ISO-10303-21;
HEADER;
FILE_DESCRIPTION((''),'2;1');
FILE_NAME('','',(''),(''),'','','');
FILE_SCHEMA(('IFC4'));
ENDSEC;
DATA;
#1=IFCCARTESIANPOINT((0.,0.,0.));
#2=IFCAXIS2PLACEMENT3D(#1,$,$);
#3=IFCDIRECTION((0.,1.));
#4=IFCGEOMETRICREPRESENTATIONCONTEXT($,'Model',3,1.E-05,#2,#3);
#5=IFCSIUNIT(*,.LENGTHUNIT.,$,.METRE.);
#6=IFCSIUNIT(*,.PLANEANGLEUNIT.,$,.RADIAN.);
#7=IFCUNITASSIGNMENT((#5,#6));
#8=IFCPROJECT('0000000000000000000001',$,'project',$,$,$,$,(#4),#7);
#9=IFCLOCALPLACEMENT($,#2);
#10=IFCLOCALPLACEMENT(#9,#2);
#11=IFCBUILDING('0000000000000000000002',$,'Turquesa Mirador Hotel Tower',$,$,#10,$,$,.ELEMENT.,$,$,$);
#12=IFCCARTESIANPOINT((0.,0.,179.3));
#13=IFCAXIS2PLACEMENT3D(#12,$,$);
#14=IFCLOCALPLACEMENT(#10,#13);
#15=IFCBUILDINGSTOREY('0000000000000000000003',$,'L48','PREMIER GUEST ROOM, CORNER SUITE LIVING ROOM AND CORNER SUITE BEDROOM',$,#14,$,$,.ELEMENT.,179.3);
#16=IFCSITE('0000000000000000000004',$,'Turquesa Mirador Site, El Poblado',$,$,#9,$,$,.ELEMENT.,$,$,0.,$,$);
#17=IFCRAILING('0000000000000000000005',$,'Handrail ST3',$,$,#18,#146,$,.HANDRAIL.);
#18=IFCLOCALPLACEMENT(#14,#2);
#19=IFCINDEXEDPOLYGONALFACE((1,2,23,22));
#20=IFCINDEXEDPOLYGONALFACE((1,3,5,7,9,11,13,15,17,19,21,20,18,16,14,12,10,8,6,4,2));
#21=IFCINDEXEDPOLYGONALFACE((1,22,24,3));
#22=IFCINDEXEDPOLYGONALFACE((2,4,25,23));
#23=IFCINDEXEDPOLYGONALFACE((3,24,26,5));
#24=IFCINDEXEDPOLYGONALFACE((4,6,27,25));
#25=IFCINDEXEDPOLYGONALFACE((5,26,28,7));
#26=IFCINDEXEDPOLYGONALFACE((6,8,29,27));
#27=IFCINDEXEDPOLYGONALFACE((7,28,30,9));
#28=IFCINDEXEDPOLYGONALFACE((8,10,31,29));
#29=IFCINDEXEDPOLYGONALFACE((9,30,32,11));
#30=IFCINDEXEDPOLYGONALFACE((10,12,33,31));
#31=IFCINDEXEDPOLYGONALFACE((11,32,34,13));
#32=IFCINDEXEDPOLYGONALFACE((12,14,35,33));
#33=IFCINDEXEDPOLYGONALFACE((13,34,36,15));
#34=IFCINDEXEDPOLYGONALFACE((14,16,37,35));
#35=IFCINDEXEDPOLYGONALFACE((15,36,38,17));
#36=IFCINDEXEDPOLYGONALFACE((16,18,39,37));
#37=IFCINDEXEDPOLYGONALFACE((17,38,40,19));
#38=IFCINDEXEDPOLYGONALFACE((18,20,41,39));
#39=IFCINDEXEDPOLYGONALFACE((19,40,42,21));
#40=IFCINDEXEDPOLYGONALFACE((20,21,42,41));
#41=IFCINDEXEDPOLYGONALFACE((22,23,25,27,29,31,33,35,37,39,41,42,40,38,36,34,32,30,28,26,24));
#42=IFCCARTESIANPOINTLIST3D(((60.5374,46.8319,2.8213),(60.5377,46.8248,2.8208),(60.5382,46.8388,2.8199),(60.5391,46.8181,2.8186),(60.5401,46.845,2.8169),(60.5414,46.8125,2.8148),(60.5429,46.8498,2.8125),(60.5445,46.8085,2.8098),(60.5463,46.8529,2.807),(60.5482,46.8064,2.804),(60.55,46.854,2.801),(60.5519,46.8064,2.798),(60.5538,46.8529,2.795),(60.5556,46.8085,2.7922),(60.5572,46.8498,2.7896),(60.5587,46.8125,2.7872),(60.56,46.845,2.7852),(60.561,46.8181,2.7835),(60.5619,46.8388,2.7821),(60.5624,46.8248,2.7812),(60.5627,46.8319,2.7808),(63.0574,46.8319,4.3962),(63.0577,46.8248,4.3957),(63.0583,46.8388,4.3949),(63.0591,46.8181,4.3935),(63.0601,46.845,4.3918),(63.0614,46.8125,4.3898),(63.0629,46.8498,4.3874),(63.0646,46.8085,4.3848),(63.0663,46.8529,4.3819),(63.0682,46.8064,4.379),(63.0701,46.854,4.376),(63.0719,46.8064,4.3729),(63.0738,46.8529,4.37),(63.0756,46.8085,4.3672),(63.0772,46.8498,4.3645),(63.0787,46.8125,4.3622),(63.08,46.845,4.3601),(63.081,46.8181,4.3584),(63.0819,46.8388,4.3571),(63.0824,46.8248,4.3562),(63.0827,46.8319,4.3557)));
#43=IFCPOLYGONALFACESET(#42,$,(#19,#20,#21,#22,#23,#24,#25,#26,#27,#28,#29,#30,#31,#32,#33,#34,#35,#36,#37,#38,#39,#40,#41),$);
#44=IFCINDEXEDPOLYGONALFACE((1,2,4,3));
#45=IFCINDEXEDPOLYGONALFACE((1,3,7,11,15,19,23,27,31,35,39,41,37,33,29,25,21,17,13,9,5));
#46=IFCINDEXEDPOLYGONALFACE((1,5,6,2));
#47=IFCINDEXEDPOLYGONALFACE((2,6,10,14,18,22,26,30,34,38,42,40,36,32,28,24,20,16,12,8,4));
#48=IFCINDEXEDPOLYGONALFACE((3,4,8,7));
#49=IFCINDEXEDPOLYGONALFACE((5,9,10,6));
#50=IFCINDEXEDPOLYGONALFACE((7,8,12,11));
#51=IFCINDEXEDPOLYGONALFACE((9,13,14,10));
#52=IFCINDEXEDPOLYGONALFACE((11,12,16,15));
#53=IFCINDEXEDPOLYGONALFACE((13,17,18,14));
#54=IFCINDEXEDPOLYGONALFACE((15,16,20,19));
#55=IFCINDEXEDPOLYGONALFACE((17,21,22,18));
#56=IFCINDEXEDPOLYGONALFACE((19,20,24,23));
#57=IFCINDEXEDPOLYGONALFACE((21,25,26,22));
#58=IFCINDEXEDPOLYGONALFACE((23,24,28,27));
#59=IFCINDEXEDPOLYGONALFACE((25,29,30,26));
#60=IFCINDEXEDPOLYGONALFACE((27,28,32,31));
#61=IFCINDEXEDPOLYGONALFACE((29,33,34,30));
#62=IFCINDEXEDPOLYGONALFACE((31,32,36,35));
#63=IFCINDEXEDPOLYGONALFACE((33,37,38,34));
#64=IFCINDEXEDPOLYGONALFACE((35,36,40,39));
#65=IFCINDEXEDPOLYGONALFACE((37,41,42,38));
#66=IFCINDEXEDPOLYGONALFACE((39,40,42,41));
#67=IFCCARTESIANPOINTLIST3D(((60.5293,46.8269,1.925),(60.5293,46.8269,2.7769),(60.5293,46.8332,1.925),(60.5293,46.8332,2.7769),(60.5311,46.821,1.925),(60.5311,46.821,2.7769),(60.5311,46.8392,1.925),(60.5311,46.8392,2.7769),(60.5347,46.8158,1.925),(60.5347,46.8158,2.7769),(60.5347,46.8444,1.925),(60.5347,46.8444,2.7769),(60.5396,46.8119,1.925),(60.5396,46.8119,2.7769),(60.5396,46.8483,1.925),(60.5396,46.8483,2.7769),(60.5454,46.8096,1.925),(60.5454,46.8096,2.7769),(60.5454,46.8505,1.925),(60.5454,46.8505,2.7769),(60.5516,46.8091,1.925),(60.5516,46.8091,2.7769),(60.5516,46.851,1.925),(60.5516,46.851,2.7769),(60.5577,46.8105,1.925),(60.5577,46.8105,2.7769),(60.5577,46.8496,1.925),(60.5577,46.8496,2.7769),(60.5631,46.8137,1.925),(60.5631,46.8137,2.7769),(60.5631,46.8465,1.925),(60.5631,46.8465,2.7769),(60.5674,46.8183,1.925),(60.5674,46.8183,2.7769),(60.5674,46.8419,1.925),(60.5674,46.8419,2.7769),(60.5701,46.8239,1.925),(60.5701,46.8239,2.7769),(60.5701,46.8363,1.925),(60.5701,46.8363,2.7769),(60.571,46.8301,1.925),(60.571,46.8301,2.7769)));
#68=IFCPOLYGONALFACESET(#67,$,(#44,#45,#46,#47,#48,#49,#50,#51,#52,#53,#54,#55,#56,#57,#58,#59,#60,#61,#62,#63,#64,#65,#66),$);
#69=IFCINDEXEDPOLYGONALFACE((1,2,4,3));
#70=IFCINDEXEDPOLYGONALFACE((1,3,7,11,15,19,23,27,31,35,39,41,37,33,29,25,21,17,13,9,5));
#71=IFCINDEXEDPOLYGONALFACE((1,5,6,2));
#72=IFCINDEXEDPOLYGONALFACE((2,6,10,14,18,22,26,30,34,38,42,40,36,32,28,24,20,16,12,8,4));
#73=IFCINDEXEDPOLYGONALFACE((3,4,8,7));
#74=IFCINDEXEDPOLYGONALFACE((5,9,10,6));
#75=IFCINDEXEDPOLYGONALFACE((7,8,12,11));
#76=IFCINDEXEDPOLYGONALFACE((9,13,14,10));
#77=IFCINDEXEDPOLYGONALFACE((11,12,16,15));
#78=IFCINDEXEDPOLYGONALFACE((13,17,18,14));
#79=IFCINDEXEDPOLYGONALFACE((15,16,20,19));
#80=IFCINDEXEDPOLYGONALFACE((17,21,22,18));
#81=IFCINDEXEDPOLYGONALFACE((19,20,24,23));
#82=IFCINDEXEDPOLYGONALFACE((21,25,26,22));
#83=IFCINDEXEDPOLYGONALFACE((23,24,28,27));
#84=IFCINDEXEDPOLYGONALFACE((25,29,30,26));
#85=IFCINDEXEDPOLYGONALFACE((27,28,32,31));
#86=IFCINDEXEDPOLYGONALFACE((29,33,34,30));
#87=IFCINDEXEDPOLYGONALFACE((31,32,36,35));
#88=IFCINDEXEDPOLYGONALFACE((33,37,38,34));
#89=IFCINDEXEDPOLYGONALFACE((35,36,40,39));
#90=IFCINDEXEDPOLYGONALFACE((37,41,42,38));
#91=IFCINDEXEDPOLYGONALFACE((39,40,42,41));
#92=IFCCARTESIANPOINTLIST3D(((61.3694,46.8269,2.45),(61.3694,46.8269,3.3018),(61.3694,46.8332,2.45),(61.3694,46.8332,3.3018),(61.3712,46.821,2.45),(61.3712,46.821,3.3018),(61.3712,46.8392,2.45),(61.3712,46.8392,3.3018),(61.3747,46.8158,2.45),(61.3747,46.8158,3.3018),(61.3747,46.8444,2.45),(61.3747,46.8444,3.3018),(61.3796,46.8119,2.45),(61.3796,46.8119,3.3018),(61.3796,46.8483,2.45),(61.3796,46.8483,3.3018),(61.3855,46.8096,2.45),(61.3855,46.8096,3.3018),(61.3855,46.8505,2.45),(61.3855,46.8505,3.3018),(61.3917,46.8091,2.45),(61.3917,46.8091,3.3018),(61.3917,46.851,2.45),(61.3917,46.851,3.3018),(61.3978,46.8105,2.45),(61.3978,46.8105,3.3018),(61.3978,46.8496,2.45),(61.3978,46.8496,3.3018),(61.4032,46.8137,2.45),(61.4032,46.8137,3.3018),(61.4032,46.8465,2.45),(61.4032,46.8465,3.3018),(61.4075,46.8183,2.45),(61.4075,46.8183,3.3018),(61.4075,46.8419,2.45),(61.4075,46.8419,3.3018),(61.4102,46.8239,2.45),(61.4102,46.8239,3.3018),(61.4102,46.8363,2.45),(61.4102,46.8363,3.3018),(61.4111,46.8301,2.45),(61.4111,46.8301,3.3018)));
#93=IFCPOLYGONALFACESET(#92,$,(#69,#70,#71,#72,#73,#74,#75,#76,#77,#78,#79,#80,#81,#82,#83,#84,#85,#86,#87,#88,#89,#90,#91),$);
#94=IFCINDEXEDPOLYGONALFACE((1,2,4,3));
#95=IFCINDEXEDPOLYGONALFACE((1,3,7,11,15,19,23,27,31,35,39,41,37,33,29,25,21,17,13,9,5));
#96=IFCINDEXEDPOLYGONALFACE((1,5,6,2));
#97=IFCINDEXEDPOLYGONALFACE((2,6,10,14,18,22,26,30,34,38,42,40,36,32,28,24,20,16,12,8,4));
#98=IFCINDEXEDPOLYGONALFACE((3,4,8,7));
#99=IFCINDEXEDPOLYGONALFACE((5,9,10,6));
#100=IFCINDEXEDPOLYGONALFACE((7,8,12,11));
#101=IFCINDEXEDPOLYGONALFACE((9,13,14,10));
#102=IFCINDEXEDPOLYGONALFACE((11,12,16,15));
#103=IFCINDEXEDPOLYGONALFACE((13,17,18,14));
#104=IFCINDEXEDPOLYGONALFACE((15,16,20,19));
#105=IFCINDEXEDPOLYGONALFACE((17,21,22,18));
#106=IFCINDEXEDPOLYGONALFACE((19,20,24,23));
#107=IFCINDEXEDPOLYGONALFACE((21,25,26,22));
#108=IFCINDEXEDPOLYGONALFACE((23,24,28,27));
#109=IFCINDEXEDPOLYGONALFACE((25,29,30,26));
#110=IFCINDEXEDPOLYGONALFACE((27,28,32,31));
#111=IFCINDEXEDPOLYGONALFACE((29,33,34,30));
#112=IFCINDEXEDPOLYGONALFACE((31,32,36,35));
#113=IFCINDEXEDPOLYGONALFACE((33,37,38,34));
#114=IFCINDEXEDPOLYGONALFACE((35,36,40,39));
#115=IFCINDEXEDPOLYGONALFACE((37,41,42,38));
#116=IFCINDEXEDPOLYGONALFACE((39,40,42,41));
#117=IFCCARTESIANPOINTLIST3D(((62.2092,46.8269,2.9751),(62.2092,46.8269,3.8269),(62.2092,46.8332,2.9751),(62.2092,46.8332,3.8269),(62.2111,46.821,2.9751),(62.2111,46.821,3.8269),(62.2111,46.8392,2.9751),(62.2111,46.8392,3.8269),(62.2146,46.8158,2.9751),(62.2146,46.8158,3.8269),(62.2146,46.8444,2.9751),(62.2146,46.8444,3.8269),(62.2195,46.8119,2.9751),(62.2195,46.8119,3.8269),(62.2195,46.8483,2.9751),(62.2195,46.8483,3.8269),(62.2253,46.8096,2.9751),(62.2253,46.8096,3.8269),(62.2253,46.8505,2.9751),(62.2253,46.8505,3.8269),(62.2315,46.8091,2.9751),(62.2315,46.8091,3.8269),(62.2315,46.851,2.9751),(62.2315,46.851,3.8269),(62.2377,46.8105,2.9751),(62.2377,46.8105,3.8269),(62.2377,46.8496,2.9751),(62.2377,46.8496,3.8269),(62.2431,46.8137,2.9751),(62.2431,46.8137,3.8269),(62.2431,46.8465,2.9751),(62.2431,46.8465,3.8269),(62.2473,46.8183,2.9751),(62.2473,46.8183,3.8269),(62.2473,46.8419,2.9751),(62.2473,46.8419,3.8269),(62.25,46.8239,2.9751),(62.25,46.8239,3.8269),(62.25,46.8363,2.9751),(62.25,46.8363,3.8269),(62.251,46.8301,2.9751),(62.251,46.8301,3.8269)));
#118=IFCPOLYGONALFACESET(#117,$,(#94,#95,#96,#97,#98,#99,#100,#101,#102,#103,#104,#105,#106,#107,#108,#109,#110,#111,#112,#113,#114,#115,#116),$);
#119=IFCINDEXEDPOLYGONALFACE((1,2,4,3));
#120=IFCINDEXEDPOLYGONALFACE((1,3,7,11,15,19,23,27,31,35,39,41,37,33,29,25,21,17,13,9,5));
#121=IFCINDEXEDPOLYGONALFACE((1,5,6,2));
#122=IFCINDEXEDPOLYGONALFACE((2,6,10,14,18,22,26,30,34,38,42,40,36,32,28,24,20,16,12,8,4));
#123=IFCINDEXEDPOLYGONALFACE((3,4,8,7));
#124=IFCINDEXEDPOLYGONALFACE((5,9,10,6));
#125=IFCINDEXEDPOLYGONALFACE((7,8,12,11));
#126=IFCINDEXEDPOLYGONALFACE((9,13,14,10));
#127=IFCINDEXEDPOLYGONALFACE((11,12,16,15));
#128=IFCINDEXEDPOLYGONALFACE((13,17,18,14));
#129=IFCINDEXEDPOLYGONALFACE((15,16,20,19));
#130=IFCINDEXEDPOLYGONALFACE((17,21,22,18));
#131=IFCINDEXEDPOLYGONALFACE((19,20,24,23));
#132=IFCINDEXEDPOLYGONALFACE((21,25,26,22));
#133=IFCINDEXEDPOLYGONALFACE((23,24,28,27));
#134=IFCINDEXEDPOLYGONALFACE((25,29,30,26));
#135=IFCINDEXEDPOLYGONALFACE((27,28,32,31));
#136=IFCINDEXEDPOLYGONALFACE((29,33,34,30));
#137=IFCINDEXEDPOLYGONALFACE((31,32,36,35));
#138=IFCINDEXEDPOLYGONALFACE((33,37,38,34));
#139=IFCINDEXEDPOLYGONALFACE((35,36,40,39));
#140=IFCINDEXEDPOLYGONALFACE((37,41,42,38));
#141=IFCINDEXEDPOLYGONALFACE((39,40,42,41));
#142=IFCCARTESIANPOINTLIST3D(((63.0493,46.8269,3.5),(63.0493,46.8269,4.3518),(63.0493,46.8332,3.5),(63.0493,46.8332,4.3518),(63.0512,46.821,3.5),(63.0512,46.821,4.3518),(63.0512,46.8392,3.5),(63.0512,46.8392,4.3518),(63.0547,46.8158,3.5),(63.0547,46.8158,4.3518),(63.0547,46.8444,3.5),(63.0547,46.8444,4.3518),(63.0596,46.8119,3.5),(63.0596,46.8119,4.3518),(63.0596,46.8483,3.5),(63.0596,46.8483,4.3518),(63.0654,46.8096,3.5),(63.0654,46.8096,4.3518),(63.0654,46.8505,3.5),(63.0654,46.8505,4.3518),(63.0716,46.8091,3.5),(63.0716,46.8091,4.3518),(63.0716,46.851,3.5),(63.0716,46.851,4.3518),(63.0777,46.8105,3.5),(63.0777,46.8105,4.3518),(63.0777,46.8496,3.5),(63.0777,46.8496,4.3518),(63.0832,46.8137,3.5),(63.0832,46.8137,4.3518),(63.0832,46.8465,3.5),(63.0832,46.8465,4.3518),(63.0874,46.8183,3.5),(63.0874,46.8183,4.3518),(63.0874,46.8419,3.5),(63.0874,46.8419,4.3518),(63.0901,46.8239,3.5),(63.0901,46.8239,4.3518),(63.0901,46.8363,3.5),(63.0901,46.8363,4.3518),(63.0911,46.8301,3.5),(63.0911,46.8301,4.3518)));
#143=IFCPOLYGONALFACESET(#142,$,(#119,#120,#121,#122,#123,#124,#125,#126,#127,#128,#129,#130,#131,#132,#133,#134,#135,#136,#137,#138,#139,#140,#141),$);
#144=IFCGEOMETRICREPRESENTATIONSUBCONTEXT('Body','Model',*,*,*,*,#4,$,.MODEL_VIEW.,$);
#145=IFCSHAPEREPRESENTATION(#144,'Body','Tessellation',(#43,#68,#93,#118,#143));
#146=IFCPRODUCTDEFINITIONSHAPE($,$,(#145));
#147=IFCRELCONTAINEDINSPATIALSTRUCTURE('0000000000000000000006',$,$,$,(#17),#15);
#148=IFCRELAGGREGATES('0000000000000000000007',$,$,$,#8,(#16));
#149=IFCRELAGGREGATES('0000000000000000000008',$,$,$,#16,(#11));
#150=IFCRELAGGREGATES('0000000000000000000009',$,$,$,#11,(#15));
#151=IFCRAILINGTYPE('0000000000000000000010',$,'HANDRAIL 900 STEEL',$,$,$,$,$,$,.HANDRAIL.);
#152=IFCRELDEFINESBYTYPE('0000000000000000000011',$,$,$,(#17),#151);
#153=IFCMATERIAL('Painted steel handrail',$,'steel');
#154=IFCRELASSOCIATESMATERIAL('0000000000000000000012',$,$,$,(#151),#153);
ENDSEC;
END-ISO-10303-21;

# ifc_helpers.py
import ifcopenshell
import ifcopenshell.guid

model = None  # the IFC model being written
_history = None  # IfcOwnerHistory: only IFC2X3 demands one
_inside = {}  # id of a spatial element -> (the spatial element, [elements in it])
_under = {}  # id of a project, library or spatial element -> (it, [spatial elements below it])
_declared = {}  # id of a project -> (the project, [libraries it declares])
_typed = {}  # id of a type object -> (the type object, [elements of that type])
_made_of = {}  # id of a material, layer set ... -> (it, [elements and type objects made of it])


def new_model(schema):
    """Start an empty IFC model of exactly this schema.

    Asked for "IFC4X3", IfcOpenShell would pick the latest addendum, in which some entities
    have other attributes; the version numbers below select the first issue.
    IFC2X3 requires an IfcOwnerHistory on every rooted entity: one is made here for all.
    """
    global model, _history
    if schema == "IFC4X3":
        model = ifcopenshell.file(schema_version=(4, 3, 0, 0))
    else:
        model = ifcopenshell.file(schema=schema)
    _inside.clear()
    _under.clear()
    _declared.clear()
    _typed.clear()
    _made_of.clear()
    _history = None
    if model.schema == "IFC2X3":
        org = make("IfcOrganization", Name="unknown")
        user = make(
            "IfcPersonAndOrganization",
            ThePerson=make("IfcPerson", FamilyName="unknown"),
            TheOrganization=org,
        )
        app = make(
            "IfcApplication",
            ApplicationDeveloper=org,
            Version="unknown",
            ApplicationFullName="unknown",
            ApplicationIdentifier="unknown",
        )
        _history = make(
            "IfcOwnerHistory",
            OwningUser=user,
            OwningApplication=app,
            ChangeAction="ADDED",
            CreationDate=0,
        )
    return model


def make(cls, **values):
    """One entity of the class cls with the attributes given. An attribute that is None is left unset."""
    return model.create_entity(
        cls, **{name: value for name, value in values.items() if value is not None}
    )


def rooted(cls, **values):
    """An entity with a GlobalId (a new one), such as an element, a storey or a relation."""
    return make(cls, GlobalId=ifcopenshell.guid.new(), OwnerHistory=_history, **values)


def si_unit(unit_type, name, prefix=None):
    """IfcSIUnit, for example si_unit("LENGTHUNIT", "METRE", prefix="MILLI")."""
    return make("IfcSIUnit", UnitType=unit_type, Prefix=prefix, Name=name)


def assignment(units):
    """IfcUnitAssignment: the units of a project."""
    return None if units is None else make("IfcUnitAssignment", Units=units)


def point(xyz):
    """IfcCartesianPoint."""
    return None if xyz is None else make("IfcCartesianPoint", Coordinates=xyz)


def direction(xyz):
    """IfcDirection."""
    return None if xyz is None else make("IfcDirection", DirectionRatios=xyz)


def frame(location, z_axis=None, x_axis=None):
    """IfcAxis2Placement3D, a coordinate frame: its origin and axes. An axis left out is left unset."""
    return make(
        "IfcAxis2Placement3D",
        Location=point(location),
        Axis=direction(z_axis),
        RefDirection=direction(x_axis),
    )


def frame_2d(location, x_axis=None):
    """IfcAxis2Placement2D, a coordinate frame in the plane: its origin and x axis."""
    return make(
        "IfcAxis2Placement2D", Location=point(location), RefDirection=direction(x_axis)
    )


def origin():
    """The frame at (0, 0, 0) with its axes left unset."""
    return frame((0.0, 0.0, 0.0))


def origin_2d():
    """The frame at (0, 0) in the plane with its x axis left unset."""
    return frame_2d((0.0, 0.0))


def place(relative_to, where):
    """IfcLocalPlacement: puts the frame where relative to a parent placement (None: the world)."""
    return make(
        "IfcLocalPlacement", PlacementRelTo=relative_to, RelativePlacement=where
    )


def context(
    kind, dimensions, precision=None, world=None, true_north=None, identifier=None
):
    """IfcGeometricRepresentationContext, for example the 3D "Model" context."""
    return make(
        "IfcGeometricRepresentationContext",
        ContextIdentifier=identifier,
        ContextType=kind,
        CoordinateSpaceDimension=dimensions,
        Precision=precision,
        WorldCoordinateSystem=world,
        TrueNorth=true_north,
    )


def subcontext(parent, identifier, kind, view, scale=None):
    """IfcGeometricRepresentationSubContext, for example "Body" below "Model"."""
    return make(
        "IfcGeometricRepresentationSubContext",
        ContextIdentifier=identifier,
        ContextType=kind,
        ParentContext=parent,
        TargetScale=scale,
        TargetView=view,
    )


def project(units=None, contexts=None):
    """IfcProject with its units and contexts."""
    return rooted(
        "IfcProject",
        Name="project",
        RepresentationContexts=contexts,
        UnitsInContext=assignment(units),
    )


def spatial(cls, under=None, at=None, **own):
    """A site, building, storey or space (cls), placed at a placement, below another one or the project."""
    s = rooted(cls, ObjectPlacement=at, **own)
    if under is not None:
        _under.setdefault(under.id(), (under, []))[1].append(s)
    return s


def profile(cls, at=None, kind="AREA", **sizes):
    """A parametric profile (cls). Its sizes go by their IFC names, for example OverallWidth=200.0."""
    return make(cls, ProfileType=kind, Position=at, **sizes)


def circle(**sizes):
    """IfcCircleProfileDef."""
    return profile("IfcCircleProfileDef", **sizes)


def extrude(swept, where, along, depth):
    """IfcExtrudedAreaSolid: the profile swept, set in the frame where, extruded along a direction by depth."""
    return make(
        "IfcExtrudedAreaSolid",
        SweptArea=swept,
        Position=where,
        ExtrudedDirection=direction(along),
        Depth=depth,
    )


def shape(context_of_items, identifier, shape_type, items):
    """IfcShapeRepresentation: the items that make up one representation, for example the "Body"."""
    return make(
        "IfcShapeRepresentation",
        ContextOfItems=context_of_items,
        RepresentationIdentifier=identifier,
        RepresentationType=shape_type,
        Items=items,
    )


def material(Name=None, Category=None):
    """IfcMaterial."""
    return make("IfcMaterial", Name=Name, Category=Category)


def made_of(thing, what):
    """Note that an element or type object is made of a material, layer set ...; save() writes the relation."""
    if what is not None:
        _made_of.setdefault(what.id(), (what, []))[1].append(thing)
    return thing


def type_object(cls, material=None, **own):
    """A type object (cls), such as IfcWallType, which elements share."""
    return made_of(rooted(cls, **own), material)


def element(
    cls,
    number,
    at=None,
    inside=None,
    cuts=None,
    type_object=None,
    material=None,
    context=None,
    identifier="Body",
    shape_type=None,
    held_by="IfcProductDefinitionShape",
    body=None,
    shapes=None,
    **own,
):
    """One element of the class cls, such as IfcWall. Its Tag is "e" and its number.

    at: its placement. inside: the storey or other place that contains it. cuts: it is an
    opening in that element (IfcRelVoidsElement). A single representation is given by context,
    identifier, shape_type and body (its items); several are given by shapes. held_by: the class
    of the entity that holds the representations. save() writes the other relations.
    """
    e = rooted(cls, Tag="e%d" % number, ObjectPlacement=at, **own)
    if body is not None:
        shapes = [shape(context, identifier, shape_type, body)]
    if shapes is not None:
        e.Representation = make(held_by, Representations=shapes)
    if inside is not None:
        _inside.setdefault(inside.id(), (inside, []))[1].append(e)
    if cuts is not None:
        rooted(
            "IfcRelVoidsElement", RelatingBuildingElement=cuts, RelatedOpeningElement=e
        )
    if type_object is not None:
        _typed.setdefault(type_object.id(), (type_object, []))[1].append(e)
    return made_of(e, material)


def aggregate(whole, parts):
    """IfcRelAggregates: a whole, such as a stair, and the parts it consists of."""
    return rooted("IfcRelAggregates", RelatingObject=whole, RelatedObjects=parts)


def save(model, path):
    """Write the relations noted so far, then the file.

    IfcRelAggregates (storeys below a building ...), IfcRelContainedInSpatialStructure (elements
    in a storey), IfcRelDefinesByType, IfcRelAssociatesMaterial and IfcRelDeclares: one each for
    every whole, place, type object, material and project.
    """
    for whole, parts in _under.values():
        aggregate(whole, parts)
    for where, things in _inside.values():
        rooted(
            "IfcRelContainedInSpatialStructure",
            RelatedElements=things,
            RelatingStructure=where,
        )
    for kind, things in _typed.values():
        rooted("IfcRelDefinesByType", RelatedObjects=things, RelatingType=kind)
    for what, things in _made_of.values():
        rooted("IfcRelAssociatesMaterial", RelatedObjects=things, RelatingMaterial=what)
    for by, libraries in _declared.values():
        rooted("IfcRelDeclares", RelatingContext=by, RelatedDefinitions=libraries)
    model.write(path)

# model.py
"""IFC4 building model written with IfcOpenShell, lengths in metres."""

from ifc_helpers import new_model, si_unit, direction, frame, origin, origin_2d, place, context, subcontext, project, spatial, circle, extrude, material, type_object, element, save


model = new_model("IFC4")

# Units and contexts
model_context = context("Model", 3, precision=1e-05, world=origin(), true_north=direction((0.0, 1.0)))
body_context = subcontext(model_context, "Body", "Model", "MODEL_VIEW")
ifc_project = project(units=[si_unit("LENGTHUNIT", "METRE"), si_unit("PLANEANGLEUNIT", "RADIAN")], contexts=[model_context])

# Site, building, storey
site_placement = place(None, origin())
site = spatial("IfcSite", under=ifc_project, at=site_placement, Name="Turquesa Mirador Site, El Poblado", CompositionType="ELEMENT", RefElevation=0.0)
building_placement = place(site_placement, origin())
building = spatial("IfcBuilding", under=site, at=building_placement, Name="Turquesa Mirador Hotel Tower", CompositionType="ELEMENT")
storey_placement = place(building_placement, frame((0.0, 0.0, 179.3)))
storey = spatial("IfcBuildingStorey", under=building, at=storey_placement, Name="L48", Description="PREMIER GUEST ROOM, CORNER SUITE LIVING ROOM AND CORNER SUITE BEDROOM", CompositionType="ELEMENT", Elevation=179.3)

# Railing
ifc_material_1 = material(Name="Painted steel handrail", Category="steel")
railing_type = type_object("IfcRailingType", Name="HANDRAIL 900 STEEL", PredefinedType="HANDRAIL", material=ifc_material_1)
railing_1_placement = place(storey_placement, frame((60.55, 46.8301, 1.925)))
element("IfcRailing", 1, at=railing_1_placement, inside=storey, type_object=railing_type, Name="Handrail ST3", PredefinedType="HANDRAIL", context=body_context, shape_type="SweptSolid", body=[
    extrude(circle(Radius=0.0239, at=origin_2d()), frame((0.0, 0.0, 0.876), z_axis=(0.848008, 0.0, 0.529984), x_axis=(0.0, 1.0, 0.0)), (0.0, 0.0, 1.0), 2.9717),
    extrude(circle(Radius=0.021, at=origin_2d()), origin(), (0.0, 0.0, 1.0), 0.8518),
    extrude(circle(Radius=0.021, at=origin_2d()), frame((0.8401, 0.0, 0.5249)), (0.0, 0.0, 1.0), 0.8518),
    extrude(circle(Radius=0.021, at=origin_2d()), frame((1.6799, 0.0, 1.05)), (0.0, 0.0, 1.0), 0.8518),
    extrude(circle(Radius=0.021, at=origin_2d()), frame((2.52, 0.0, 1.575)), (0.0, 0.0, 1.0), 0.8518),
])

save(model, "model.ifc")
